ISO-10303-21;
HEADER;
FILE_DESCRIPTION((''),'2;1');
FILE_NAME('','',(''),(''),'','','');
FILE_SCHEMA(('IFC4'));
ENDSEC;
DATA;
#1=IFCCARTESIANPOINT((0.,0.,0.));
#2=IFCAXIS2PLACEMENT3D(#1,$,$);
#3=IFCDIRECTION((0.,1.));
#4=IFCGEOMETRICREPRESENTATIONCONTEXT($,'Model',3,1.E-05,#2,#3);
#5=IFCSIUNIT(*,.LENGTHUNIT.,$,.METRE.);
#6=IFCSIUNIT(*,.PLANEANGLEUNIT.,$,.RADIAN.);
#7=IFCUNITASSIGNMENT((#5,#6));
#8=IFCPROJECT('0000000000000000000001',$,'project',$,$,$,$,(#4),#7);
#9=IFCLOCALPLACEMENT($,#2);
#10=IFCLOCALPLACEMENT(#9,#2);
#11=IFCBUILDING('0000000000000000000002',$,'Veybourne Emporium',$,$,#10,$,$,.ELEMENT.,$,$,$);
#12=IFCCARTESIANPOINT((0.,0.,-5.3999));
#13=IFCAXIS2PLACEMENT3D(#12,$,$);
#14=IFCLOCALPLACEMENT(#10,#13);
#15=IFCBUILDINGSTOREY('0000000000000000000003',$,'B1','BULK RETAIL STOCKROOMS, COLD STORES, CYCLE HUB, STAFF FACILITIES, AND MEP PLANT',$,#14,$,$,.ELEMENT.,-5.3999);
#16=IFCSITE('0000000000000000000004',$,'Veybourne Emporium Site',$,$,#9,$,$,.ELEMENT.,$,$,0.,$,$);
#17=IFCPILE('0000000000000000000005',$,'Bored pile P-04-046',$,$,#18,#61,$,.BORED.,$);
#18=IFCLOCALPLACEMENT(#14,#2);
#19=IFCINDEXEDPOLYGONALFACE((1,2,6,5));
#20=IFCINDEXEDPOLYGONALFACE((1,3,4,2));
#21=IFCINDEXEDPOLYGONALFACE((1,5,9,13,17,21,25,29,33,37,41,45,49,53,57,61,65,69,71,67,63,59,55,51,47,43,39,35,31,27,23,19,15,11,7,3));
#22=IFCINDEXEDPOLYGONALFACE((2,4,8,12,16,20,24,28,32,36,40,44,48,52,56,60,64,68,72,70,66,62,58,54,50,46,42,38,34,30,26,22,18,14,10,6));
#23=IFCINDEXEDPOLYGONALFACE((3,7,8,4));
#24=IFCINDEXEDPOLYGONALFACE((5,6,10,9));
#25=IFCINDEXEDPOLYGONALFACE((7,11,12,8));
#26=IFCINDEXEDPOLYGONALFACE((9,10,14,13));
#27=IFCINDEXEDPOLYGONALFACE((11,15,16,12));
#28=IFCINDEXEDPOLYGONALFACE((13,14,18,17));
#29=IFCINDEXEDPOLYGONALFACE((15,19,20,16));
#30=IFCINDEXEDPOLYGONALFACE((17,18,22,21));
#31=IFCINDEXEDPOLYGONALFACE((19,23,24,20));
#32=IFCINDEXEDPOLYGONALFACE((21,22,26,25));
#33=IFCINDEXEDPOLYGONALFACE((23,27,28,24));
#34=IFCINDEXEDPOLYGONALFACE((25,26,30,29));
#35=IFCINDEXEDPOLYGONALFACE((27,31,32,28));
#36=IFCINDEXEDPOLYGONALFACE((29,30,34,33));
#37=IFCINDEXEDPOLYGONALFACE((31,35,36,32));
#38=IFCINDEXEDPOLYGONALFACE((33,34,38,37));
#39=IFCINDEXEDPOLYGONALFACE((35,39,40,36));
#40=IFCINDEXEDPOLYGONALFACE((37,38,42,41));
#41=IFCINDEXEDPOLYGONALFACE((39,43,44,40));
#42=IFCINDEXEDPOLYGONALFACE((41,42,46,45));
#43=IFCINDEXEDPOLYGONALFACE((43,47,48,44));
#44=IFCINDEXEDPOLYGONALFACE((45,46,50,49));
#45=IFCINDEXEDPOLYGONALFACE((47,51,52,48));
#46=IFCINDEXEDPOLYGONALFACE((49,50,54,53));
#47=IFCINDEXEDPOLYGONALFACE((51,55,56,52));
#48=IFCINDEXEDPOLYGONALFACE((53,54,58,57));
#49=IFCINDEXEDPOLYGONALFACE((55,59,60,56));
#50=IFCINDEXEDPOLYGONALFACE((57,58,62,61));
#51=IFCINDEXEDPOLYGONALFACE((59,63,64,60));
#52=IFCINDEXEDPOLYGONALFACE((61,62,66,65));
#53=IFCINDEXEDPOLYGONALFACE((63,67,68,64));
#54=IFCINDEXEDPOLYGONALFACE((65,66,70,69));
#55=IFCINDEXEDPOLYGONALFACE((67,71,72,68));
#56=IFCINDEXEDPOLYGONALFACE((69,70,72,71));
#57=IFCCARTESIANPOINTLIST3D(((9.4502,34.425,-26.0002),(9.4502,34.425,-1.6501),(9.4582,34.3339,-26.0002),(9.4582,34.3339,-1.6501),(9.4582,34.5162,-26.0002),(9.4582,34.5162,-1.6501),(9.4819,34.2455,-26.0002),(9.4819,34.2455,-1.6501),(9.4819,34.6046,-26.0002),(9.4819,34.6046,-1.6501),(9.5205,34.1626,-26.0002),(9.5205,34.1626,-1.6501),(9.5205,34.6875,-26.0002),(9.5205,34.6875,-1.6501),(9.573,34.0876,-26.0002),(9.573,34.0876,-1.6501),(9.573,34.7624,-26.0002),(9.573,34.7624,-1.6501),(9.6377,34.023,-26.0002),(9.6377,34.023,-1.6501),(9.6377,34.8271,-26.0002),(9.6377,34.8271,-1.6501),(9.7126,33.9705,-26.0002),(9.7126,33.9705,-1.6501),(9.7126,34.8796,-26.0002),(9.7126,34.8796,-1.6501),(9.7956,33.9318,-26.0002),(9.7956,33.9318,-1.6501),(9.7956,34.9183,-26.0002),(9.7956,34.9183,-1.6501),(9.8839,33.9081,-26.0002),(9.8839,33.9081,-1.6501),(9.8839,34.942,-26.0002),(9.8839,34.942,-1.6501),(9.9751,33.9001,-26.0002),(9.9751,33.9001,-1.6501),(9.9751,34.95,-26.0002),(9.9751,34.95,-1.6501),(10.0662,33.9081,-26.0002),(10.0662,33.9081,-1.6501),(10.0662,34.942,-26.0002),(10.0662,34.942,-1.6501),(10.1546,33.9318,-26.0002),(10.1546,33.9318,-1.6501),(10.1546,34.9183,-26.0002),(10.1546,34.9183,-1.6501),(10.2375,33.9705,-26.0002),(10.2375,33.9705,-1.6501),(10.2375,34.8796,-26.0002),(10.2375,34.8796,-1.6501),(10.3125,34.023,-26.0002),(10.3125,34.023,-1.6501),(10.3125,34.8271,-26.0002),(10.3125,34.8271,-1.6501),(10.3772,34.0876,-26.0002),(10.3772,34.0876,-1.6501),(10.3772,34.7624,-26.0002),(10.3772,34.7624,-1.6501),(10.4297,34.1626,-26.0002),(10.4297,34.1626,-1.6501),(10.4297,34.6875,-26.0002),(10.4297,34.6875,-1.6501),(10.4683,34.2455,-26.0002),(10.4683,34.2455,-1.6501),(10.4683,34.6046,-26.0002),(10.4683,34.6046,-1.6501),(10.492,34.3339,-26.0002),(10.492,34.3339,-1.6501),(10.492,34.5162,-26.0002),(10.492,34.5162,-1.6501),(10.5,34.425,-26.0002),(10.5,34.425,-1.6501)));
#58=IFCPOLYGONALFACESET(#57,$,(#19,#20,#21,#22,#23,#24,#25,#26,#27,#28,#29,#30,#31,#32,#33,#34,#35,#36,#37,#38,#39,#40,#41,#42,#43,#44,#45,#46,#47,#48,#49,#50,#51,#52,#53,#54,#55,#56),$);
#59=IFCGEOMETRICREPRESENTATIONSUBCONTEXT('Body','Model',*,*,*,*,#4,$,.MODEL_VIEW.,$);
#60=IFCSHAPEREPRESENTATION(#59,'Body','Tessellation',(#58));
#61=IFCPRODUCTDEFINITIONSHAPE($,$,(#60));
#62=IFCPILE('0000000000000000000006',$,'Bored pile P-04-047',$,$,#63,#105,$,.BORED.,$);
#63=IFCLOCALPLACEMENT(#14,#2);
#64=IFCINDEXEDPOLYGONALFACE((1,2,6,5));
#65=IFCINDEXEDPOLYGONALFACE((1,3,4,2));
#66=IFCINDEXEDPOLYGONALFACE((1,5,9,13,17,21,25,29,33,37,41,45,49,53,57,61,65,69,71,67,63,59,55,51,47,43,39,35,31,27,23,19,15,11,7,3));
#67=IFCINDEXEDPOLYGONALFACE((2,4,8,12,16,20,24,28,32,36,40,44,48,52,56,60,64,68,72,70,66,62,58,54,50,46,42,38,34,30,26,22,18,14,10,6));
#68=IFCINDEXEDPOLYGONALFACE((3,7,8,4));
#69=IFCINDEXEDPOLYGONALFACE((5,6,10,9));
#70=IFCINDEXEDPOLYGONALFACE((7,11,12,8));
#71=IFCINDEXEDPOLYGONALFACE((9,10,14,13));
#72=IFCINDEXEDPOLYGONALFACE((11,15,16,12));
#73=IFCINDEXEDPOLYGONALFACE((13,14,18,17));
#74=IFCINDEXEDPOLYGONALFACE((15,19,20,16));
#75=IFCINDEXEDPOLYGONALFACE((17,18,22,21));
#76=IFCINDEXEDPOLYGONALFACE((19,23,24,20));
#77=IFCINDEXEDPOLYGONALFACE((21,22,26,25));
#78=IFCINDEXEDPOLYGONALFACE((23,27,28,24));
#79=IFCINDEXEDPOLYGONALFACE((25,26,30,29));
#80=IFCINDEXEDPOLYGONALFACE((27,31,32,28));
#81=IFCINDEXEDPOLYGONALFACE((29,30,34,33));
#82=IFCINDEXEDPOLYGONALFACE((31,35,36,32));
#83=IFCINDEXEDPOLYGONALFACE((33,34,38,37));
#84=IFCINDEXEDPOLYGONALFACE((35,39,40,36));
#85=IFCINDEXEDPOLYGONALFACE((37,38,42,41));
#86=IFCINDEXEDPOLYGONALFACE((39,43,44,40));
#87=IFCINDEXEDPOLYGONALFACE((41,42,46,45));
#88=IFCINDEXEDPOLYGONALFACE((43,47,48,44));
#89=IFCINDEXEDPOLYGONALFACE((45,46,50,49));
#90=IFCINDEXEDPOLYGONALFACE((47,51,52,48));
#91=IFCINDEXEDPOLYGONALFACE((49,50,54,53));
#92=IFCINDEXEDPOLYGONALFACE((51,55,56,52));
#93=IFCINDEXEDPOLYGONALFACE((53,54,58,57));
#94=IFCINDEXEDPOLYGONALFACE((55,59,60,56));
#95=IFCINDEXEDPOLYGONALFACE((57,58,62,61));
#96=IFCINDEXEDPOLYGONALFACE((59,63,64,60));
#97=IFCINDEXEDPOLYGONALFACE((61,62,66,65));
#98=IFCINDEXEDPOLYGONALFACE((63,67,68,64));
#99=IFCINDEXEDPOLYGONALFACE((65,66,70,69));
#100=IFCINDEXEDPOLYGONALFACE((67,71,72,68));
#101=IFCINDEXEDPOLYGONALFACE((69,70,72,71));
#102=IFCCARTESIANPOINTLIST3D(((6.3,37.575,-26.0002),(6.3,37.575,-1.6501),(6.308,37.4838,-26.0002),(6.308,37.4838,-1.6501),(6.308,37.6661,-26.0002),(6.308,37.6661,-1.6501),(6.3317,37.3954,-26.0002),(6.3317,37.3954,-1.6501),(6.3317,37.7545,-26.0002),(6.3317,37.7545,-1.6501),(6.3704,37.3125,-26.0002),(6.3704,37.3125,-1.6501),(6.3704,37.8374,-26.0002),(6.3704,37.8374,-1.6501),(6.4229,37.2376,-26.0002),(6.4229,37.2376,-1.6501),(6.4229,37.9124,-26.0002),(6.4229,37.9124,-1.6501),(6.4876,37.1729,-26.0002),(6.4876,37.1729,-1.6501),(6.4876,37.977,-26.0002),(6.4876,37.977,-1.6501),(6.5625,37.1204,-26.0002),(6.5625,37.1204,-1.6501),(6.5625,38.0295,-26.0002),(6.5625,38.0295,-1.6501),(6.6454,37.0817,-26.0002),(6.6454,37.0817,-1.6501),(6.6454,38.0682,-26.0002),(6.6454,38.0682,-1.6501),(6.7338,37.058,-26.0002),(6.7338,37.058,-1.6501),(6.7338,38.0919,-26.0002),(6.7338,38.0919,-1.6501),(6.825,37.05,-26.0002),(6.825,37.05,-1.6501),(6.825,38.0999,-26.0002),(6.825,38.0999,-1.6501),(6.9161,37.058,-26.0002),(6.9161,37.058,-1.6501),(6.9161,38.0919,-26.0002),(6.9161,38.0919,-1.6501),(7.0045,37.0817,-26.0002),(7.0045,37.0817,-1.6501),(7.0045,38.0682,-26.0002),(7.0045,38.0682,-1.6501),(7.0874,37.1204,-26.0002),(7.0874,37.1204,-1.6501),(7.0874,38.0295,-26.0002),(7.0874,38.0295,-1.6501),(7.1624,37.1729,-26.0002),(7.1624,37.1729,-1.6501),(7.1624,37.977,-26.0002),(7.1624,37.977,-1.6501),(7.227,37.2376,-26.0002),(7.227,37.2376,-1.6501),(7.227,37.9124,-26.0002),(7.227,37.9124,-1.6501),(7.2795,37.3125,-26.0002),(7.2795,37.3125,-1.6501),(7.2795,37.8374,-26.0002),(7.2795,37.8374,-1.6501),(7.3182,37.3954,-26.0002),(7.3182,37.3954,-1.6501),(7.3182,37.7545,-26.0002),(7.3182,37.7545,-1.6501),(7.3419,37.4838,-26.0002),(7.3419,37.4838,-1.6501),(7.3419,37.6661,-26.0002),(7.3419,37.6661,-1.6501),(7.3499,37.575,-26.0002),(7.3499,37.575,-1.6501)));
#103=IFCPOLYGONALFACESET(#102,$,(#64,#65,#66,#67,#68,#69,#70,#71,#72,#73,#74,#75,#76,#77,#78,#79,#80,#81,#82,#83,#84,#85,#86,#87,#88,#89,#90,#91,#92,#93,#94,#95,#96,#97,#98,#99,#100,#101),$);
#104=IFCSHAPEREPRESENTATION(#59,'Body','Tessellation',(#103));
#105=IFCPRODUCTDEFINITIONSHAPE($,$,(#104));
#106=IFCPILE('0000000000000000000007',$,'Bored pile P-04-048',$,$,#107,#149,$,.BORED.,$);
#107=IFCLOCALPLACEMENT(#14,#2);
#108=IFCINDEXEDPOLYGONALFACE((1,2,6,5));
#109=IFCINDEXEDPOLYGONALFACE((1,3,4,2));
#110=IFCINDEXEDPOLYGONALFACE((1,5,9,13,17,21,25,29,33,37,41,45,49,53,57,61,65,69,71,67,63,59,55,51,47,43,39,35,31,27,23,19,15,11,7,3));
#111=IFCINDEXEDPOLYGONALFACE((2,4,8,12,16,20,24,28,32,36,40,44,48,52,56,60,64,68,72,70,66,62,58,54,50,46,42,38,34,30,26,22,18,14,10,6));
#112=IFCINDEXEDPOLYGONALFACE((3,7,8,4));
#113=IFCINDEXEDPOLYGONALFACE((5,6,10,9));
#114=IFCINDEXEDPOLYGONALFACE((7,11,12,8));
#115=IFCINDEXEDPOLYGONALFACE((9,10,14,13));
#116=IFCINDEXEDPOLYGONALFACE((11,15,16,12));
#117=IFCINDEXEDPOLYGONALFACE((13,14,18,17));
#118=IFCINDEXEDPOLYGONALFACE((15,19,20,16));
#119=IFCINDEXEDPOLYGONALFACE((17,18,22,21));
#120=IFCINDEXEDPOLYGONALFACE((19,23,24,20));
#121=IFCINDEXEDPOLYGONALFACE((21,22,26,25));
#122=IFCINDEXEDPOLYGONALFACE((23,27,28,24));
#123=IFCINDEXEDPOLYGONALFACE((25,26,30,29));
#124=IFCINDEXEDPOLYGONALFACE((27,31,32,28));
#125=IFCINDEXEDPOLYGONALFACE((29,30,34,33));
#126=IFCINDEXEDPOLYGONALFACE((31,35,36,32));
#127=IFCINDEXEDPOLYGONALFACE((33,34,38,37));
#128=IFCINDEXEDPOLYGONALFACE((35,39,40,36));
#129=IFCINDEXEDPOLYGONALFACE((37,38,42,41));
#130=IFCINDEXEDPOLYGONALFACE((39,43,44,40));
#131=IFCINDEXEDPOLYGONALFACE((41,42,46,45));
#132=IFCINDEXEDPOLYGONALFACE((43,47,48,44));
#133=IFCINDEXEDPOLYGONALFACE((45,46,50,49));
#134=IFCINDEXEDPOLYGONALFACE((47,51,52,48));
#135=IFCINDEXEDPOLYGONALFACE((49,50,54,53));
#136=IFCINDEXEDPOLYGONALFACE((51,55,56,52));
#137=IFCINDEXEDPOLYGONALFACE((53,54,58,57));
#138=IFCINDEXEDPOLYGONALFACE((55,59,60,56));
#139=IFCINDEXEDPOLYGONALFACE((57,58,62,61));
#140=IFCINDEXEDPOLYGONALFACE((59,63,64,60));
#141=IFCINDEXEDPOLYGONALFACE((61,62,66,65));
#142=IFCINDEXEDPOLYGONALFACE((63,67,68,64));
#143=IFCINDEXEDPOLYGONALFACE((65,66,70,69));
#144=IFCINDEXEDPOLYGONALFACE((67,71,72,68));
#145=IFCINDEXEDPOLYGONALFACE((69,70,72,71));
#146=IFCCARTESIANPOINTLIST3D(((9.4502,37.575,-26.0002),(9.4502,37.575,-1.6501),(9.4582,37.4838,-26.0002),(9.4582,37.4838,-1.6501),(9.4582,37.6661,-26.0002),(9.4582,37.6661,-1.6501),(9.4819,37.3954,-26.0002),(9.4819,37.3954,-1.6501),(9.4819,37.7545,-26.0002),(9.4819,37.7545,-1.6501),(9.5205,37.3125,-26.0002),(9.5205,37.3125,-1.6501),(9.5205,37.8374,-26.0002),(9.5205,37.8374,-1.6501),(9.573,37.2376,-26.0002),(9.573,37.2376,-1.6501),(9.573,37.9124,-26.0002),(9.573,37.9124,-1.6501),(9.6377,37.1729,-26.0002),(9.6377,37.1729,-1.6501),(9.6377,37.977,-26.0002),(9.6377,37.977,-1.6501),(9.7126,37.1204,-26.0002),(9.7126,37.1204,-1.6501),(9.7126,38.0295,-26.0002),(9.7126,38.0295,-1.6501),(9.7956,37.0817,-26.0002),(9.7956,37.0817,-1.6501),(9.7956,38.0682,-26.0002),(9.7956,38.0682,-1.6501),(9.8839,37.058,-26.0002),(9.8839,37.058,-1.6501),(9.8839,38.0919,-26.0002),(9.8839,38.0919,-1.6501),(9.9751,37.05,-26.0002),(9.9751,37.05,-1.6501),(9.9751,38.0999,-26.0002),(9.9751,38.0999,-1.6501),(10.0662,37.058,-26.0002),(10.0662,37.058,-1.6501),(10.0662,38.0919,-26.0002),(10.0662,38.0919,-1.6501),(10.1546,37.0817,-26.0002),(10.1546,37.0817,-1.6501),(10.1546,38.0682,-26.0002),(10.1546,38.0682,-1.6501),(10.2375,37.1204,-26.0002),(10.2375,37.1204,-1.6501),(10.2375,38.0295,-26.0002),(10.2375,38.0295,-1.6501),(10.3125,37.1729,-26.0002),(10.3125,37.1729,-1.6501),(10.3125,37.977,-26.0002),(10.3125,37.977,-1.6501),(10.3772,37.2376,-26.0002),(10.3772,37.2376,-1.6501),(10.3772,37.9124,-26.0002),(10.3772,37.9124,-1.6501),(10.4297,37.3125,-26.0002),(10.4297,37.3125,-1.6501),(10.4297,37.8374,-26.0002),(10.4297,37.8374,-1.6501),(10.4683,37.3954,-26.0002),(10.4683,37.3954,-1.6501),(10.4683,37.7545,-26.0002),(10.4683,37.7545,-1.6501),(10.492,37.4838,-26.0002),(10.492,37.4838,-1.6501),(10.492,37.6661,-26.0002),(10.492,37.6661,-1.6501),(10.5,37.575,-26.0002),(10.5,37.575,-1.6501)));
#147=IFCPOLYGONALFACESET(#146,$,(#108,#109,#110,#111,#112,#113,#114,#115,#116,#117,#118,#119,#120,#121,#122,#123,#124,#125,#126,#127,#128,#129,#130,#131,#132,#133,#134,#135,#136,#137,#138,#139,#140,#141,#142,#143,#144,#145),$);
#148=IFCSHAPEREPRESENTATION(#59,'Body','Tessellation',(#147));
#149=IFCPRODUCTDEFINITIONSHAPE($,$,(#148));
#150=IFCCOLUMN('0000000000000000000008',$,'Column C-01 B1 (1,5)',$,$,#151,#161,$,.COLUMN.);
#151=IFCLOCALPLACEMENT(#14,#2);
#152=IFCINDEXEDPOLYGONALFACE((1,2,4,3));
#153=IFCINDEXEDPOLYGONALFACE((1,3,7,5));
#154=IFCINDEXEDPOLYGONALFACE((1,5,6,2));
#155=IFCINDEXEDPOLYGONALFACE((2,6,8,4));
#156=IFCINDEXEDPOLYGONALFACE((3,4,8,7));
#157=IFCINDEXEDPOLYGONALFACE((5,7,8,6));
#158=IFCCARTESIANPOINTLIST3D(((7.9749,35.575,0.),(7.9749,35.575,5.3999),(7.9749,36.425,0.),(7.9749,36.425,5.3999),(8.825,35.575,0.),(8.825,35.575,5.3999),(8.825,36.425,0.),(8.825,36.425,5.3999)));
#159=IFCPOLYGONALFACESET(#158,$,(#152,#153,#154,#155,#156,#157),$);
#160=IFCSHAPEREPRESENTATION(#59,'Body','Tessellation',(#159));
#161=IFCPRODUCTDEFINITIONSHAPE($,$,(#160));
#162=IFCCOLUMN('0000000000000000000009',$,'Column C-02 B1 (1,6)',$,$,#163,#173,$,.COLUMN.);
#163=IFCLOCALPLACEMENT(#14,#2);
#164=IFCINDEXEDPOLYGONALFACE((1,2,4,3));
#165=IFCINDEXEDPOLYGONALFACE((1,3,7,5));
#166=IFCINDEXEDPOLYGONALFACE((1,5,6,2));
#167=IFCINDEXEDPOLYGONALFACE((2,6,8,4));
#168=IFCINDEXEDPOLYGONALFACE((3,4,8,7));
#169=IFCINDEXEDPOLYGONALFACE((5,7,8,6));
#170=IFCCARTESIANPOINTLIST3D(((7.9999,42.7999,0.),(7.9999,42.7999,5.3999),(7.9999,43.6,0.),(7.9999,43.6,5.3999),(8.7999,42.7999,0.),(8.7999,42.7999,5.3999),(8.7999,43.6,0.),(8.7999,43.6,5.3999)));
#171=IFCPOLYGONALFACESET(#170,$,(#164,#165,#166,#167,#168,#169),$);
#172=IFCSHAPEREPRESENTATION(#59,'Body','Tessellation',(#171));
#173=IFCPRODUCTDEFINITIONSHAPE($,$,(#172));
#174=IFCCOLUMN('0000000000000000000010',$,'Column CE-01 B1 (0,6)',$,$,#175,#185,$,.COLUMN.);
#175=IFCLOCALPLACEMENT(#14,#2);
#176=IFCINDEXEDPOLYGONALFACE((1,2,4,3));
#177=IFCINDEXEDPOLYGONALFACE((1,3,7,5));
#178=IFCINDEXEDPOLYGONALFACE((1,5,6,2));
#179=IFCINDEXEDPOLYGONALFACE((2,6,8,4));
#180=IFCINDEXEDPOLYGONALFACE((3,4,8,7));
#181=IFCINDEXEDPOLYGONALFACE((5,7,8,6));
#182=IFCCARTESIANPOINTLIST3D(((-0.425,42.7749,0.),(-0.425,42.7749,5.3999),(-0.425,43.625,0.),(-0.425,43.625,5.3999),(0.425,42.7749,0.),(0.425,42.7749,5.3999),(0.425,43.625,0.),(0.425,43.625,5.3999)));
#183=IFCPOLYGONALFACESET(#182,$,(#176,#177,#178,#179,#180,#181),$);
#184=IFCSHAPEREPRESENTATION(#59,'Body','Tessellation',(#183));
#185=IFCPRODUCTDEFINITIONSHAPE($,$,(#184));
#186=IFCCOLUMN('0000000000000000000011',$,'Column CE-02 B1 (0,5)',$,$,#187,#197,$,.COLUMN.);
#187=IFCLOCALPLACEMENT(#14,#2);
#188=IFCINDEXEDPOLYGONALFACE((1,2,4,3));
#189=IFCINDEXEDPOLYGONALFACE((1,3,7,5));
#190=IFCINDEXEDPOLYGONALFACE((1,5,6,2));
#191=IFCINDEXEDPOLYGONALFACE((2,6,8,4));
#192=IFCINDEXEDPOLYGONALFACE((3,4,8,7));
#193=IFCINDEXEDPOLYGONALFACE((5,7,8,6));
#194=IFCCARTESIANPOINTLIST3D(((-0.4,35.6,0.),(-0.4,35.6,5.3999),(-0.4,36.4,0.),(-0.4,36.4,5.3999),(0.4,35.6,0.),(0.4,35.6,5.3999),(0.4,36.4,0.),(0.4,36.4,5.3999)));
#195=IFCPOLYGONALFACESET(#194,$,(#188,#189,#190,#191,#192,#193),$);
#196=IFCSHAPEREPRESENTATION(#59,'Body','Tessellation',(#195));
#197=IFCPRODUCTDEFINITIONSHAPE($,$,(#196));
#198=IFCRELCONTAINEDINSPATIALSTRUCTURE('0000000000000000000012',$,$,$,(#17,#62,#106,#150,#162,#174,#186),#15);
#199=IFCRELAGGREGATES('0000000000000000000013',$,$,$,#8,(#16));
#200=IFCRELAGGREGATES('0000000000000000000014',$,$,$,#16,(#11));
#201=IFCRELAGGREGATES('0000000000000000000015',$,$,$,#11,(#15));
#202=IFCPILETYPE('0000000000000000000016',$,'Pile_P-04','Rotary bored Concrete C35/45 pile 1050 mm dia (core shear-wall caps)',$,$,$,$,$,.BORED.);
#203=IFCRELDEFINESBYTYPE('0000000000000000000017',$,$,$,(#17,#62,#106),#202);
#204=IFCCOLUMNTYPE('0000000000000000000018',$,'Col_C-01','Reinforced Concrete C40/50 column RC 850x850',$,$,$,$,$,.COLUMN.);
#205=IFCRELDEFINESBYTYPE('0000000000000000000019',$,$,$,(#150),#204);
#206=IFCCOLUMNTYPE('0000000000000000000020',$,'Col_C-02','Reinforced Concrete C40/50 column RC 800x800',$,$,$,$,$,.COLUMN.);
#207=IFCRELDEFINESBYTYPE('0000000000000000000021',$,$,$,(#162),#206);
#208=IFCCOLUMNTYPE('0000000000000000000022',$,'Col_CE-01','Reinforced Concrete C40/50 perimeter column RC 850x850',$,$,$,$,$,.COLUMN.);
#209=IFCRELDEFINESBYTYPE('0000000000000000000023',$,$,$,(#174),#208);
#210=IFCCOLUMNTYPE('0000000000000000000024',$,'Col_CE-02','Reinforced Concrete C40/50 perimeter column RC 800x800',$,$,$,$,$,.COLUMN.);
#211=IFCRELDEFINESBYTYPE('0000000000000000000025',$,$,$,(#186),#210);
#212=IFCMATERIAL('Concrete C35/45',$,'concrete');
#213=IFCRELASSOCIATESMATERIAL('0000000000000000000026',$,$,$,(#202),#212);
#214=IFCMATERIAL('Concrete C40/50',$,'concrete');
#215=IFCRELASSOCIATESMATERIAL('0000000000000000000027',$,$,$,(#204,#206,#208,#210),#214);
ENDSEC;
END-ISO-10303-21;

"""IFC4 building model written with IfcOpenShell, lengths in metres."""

from ifc_helpers import new_model, si_unit, direction, frame, origin, origin_2d, place, context, subcontext, project, spatial, rectangle, circle, extrude, material, material_profile, profile_set, type_object, element, save


model = new_model("IFC4")

# Units and contexts
model_context = context("Model", 3, precision=1e-05, world=origin(), true_north=direction((0.0, 1.0)))
body_context = subcontext(model_context, "Body", "Model", "MODEL_VIEW")
ifc_project = project(units=[si_unit("LENGTHUNIT", "METRE"), si_unit("PLANEANGLEUNIT", "RADIAN")], contexts=[model_context])

# Site, building, storey
site_placement = place(None, origin())
site = spatial("IfcSite", under=ifc_project, at=site_placement, Name="Veybourne Emporium Site", CompositionType="ELEMENT", RefElevation=0.0)
building_placement = place(site_placement, origin())
building = spatial("IfcBuilding", under=site, at=building_placement, Name="Veybourne Emporium", CompositionType="ELEMENT")
storey_placement = place(building_placement, frame((0.0, 0.0, -5.3999)))
storey = spatial("IfcBuildingStorey", under=building, at=storey_placement, Name="B1", Description="BULK RETAIL STOCKROOMS, COLD STORES, CYCLE HUB, STAFF FACILITIES, AND MEP PLANT", CompositionType="ELEMENT", Elevation=-5.3999)

# Shared definitions
ifc_material_1 = material(Name="Concrete C35/45", Category="concrete")

# Piles
ifc_material_profile_1 = material_profile(ifc_material_1, circle(Radius=0.5249, at=origin_2d()), Name="BORED PILE 1050")
ifc_profile_set_1 = profile_set([ifc_material_profile_1], Name="Concrete C35/45")
pile_type_1 = type_object("IfcPileType", Name="Pile_P-04", Description="Rotary bored Concrete C35/45 pile 1050 mm dia (core shear-wall caps)", PredefinedType="BORED", material=ifc_profile_set_1)
for number, where, z_axis, x_axis, name in (
    (1, (9.9751, 34.425, -1.6501), (0.0, 0.0, -1.0), (1.0, 0.0, 0.0), "Bored pile P-04-046"),
    (2, (6.825, 37.575, -1.6501), (0.0, 0.0, -1.0), (1.0, 0.0, 0.0), "Bored pile P-04-047"),
    (3, (9.9751, 37.575, -1.6501), (0.0, 0.0, -1.0), (1.0, 0.0, 0.0), "Bored pile P-04-048"),
):
    element("IfcPile", number, at=place(storey_placement, frame(where, z_axis=z_axis, x_axis=x_axis)), inside=storey, type_object=pile_type_1, Name=name, PredefinedType="BORED", context=body_context, shape_type="SweptSolid", body=[
        extrude(circle(Radius=0.5249, at=origin_2d()), origin(), (0.0, 0.0, 1.0), 24.3501),
    ])

# Columns
ifc_material_2 = material(Name="Concrete C40/50", Category="concrete")
ifc_material_profile_2 = material_profile(ifc_material_2, rectangle(XDim=0.8501, YDim=0.8501, at=origin_2d()), Name="RC 850x850")
ifc_profile_set_2 = profile_set([ifc_material_profile_2], Name="Concrete C40/50")
column_type_1 = type_object("IfcColumnType", Name="Col_C-01", Description="Reinforced Concrete C40/50 column RC 850x850", PredefinedType="COLUMN", material=ifc_profile_set_2)
column_1_placement = place(storey_placement, frame((8.3999, 36.0, 0.0), z_axis=(0.0, 0.0, 1.0), x_axis=(1.0, 0.0, 0.0)))
element("IfcColumn", 4, at=column_1_placement, inside=storey, type_object=column_type_1, Name="Column C-01 B1 (1,5)", PredefinedType="COLUMN", context=body_context, shape_type="SweptSolid", body=[
    extrude(rectangle(XDim=0.8501, YDim=0.8501, at=origin_2d()), origin(), (0.0, 0.0, 1.0), 5.3999),
])
ifc_material_profile_3 = material_profile(ifc_material_2, rectangle(XDim=0.8, YDim=0.8, at=origin_2d()), Name="RC 800x800")
ifc_profile_set_3 = profile_set([ifc_material_profile_3], Name="Concrete C40/50")
column_type_2 = type_object("IfcColumnType", Name="Col_C-02", Description="Reinforced Concrete C40/50 column RC 800x800", PredefinedType="COLUMN", material=ifc_profile_set_3)
column_2_placement = place(storey_placement, frame((8.3999, 43.2, 0.0), z_axis=(0.0, 0.0, 1.0), x_axis=(1.0, 0.0, 0.0)))
element("IfcColumn", 5, at=column_2_placement, inside=storey, type_object=column_type_2, Name="Column C-02 B1 (1,6)", PredefinedType="COLUMN", context=body_context, shape_type="SweptSolid", body=[
    extrude(rectangle(XDim=0.8, YDim=0.8, at=origin_2d()), origin(), (0.0, 0.0, 1.0), 5.3999),
])
ifc_material_profile_4 = material_profile(ifc_material_2, rectangle(XDim=0.8501, YDim=0.8501, at=origin_2d()), Name="RC 850x850")
ifc_profile_set_4 = profile_set([ifc_material_profile_4], Name="Concrete C40/50")
column_type_3 = type_object("IfcColumnType", Name="Col_CE-01", Description="Reinforced Concrete C40/50 perimeter column RC 850x850", PredefinedType="COLUMN", material=ifc_profile_set_4)
column_3_placement = place(storey_placement, frame((0.0, 43.2, 0.0), z_axis=(0.0, 0.0, 1.0), x_axis=(1.0, 0.0, 0.0)))
element("IfcColumn", 6, at=column_3_placement, inside=storey, type_object=column_type_3, Name="Column CE-01 B1 (0,6)", PredefinedType="COLUMN", context=body_context, shape_type="SweptSolid", body=[
    extrude(rectangle(XDim=0.8501, YDim=0.8501, at=origin_2d()), origin(), (0.0, 0.0, 1.0), 5.3999),
])
ifc_material_profile_5 = material_profile(ifc_material_2, rectangle(XDim=0.8, YDim=0.8, at=origin_2d()), Name="RC 800x800")
ifc_profile_set_5 = profile_set([ifc_material_profile_5], Name="Concrete C40/50")
column_type_4 = type_object("IfcColumnType", Name="Col_CE-02", Description="Reinforced Concrete C40/50 perimeter column RC 800x800", PredefinedType="COLUMN", material=ifc_profile_set_5)
column_4_placement = place(storey_placement, frame((0.0, 36.0, 0.0), z_axis=(0.0, 0.0, 1.0), x_axis=(1.0, 0.0, 0.0)))
element("IfcColumn", 7, at=column_4_placement, inside=storey, type_object=column_type_4, Name="Column CE-02 B1 (0,5)", PredefinedType="COLUMN", context=body_context, shape_type="SweptSolid", body=[
    extrude(rectangle(XDim=0.8, YDim=0.8, at=origin_2d()), origin(), (0.0, 0.0, 1.0), 5.3999),
])

save(model, "model.ifc")
